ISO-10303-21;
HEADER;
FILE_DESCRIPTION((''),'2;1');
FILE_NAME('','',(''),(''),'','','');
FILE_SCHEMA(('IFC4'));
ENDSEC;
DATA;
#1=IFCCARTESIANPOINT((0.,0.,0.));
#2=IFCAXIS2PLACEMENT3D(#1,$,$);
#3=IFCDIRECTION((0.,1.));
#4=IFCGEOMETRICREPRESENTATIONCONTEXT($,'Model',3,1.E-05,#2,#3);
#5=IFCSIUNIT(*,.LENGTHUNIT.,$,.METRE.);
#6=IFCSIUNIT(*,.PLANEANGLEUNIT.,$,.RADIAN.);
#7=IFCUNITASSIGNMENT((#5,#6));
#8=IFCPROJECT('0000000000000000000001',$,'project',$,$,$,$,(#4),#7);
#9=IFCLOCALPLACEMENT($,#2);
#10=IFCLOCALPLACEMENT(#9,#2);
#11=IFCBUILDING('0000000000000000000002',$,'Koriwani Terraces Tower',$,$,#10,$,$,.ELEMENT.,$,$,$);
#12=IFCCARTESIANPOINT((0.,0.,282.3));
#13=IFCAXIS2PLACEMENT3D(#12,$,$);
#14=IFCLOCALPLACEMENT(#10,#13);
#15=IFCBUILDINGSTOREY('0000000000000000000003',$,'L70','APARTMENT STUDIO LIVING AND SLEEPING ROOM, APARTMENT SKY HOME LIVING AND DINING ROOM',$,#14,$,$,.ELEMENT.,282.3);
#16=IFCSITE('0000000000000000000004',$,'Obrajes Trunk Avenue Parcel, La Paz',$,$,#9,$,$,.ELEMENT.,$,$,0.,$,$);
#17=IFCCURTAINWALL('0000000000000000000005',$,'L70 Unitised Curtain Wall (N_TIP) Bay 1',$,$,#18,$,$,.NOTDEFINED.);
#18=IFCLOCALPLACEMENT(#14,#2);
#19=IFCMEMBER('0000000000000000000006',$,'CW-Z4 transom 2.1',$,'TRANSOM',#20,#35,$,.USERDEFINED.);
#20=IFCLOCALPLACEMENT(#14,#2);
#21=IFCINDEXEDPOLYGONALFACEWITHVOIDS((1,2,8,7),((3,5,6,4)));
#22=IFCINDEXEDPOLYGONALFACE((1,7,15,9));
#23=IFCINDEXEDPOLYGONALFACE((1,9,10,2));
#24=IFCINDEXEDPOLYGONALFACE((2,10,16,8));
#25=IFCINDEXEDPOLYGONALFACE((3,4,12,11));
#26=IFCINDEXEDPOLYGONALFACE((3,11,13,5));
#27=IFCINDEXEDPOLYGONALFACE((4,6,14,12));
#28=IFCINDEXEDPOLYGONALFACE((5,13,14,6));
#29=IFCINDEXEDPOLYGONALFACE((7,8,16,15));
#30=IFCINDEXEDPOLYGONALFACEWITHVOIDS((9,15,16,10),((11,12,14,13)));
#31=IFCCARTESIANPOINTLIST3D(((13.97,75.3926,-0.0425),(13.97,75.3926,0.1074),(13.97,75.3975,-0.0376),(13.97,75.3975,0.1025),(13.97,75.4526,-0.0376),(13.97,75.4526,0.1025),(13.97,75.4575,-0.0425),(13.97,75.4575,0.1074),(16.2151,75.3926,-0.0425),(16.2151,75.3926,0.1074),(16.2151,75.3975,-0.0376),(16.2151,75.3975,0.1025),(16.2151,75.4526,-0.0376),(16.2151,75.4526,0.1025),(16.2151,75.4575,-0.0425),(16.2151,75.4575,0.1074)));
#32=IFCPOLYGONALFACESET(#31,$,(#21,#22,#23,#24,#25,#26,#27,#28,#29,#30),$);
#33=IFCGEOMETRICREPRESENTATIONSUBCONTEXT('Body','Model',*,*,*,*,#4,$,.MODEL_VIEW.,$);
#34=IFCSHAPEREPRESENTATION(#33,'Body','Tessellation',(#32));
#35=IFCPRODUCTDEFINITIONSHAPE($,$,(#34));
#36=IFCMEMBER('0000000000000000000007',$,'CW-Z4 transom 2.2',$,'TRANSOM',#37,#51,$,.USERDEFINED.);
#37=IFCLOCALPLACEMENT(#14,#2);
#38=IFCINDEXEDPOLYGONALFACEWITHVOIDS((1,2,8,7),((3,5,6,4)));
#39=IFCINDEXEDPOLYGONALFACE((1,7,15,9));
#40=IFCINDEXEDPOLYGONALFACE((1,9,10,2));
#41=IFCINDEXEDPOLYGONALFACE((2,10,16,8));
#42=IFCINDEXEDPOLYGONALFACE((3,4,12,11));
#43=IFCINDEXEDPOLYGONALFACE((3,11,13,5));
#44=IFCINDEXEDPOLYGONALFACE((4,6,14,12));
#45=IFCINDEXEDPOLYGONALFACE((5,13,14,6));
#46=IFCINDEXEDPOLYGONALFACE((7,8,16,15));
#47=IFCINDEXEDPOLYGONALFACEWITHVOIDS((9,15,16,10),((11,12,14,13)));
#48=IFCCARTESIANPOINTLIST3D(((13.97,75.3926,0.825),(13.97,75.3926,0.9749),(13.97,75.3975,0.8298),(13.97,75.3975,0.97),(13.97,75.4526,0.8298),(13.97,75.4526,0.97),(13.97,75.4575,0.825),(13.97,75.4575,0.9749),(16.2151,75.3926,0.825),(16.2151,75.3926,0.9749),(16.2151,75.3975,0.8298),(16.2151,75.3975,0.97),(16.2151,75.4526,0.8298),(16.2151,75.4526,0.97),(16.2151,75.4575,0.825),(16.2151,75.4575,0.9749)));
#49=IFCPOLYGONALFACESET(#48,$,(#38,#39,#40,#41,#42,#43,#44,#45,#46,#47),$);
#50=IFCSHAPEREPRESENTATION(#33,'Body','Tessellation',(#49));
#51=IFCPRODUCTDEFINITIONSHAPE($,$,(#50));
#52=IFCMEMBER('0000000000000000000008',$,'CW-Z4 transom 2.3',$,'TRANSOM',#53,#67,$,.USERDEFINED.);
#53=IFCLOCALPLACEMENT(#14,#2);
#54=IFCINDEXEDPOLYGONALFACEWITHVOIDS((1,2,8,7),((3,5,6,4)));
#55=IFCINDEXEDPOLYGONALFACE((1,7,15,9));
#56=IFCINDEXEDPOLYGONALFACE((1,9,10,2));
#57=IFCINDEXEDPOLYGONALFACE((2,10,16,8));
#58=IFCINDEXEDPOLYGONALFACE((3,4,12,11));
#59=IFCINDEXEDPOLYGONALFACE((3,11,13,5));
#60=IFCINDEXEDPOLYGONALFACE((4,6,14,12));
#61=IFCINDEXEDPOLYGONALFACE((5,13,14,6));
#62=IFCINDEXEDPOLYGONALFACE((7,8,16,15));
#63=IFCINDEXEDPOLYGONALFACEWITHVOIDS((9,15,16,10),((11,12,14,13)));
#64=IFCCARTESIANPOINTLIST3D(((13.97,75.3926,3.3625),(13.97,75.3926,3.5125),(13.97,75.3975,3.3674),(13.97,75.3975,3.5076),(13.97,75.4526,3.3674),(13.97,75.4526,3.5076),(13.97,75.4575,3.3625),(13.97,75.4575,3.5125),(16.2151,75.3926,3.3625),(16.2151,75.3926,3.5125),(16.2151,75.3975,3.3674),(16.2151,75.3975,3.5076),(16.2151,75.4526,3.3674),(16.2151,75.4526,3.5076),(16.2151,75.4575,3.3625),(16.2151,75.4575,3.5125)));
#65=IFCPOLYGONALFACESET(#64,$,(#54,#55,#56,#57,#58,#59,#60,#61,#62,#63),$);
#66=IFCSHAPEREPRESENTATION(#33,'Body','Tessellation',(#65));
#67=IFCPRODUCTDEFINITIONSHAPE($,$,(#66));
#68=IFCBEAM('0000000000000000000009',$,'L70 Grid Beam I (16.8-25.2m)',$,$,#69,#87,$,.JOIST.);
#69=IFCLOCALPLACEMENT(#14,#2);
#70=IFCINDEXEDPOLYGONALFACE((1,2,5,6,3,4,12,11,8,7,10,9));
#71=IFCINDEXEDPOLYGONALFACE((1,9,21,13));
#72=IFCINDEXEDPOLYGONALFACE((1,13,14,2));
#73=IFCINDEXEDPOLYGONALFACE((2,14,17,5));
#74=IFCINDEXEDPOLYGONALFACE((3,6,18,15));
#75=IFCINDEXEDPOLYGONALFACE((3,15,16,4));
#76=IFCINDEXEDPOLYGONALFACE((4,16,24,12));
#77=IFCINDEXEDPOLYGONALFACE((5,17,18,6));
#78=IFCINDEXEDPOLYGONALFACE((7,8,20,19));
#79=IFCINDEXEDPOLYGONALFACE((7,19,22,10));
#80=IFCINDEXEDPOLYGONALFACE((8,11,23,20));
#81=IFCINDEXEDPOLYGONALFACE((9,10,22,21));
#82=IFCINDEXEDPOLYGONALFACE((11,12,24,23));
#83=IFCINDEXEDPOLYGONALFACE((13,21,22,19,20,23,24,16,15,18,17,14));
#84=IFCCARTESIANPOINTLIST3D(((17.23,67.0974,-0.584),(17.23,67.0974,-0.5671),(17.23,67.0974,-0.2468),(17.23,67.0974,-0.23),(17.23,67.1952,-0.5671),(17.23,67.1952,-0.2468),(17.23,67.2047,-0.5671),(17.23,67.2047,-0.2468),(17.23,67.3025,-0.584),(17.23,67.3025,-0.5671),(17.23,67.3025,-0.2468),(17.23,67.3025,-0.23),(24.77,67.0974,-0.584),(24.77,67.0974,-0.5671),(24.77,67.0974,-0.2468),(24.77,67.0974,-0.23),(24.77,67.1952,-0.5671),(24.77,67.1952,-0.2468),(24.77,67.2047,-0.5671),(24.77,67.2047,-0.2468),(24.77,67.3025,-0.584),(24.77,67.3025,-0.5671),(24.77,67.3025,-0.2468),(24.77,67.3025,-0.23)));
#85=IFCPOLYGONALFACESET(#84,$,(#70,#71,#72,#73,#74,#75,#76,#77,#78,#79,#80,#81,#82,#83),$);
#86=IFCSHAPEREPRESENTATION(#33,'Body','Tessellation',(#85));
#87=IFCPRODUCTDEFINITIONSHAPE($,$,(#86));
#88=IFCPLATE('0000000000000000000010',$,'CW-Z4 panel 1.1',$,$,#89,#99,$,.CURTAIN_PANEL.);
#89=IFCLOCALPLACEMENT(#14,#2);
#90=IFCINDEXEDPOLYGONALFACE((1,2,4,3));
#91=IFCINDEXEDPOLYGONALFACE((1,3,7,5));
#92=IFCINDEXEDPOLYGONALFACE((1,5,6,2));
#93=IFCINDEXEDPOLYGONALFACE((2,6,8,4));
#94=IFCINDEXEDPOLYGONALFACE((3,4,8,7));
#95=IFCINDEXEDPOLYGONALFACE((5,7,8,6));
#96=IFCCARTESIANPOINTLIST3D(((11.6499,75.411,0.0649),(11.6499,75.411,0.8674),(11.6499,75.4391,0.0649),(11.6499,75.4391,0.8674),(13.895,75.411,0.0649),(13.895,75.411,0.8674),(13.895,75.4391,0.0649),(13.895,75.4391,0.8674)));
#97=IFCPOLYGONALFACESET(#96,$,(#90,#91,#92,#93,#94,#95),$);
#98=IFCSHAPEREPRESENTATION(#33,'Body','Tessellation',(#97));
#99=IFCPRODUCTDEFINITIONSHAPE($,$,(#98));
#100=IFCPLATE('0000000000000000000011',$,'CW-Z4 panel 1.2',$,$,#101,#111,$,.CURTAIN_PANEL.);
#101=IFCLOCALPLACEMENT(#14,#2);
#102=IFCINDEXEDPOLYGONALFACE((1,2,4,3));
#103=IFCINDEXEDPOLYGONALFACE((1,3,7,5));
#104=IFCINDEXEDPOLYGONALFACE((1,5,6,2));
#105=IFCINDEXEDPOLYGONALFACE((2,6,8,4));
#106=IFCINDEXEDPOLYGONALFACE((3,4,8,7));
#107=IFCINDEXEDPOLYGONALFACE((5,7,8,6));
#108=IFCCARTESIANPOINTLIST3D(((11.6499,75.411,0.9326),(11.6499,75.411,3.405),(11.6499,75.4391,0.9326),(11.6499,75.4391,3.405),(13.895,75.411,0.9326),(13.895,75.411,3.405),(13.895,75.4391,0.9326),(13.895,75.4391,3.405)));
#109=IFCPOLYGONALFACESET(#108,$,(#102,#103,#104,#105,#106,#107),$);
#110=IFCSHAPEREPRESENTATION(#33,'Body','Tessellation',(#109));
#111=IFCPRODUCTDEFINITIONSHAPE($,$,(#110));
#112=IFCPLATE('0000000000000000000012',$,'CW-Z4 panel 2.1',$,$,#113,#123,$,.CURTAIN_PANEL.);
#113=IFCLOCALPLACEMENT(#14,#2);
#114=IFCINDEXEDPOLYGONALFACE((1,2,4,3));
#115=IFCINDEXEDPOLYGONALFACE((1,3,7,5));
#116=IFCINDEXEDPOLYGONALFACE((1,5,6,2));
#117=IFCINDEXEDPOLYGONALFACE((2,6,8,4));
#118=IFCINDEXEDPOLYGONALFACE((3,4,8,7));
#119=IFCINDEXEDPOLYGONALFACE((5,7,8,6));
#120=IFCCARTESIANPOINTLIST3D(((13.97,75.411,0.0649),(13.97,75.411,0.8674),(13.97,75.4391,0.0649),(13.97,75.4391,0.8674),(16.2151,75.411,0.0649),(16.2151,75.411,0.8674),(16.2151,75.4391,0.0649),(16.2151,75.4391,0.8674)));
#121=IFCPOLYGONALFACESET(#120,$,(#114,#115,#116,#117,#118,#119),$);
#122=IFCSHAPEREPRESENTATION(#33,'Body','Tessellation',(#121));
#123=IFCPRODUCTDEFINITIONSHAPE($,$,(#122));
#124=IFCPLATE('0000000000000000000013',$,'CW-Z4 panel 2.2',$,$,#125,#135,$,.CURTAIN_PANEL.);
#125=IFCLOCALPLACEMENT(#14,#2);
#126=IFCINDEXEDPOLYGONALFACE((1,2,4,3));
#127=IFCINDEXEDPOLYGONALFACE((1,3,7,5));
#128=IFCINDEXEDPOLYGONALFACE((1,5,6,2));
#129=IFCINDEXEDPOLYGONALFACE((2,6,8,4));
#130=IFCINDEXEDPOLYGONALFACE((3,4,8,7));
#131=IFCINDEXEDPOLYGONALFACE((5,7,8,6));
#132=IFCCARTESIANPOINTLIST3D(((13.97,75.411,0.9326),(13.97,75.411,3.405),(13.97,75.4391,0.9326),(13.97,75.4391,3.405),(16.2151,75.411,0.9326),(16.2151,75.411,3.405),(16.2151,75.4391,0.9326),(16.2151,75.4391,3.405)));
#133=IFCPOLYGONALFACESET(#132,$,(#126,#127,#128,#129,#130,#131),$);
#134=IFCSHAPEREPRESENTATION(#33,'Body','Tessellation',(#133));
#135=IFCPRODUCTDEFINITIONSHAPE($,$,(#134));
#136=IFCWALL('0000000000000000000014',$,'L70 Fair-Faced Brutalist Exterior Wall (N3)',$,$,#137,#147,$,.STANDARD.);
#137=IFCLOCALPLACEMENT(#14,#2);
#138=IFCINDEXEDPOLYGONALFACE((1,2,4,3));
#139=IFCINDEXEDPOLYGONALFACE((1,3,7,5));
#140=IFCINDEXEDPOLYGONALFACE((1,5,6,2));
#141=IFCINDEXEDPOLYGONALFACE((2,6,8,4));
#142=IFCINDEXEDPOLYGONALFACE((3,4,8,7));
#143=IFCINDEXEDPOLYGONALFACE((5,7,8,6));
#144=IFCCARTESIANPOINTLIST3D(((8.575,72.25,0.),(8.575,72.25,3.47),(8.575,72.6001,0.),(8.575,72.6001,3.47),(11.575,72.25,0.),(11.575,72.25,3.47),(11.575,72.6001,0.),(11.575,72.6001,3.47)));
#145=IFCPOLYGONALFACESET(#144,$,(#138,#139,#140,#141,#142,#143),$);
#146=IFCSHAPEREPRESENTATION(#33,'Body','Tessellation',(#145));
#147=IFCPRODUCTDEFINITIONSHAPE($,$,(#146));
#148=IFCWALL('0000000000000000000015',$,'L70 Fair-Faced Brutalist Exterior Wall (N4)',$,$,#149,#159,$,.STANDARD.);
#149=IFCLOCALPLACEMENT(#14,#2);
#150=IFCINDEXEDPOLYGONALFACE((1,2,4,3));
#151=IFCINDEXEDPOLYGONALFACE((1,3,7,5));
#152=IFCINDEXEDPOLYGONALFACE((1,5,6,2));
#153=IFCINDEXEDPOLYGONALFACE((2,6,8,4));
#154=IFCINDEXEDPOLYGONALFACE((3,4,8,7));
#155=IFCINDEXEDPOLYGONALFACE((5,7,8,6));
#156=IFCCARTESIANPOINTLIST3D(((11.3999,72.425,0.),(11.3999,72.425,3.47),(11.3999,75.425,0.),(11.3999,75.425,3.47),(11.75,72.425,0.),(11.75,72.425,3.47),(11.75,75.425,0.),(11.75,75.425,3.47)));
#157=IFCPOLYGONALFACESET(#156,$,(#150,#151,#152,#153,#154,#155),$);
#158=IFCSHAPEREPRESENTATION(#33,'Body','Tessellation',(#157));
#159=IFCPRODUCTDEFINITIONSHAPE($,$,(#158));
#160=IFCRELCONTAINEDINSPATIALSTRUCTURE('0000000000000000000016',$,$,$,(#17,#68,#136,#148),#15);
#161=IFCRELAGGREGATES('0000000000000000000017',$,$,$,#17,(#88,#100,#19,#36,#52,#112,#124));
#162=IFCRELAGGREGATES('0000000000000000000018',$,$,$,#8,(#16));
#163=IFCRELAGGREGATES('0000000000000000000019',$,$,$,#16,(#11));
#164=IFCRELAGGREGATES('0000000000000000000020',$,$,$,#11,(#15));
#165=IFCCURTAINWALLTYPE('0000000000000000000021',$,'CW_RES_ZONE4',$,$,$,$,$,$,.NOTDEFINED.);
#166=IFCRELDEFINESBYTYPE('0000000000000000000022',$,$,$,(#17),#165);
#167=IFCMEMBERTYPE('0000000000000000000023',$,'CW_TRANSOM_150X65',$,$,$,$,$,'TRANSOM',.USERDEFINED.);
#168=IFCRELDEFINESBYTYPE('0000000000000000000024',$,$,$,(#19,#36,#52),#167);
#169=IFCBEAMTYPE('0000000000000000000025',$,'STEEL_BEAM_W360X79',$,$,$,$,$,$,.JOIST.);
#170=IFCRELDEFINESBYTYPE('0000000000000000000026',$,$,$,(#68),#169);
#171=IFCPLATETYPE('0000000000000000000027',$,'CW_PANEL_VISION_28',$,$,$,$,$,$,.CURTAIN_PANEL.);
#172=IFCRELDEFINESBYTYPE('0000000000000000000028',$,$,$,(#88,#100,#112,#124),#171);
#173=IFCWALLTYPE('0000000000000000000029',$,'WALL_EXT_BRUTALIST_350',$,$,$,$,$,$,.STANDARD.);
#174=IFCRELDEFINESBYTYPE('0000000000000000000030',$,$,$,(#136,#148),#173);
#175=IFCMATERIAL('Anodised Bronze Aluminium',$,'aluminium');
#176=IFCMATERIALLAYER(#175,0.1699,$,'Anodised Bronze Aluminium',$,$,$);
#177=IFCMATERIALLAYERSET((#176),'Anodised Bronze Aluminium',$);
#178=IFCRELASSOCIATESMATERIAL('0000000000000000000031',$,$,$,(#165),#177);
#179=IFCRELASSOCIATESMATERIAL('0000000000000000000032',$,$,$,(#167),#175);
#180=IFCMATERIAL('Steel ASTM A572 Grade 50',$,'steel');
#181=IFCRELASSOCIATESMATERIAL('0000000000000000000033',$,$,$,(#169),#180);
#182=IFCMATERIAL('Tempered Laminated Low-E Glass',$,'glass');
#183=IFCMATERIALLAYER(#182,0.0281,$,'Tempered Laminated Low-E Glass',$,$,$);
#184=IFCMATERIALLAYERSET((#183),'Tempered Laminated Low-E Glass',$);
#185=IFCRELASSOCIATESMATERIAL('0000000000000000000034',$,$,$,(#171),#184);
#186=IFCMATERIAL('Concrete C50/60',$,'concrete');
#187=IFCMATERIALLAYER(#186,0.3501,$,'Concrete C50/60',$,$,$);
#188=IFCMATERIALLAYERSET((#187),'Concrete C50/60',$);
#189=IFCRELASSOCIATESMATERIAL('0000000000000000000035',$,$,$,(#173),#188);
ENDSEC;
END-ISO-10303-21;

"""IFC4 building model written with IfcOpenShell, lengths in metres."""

from ifc_helpers import new_model, si_unit, direction, frame, frame_2d, origin, origin_2d, place, context, subcontext, project, spatial, rectangle, hollow_rectangle, i_section, extrude, material, layer, layer_set, material_profile, profile_set, type_object, element, aggregate, save


model = new_model("IFC4")

# Units and contexts
model_context = context("Model", 3, precision=1e-05, world=origin(), true_north=direction((0.0, 1.0)))
body_context = subcontext(model_context, "Body", "Model", "MODEL_VIEW")
ifc_project = project(units=[si_unit("LENGTHUNIT", "METRE"), si_unit("PLANEANGLEUNIT", "RADIAN")], contexts=[model_context])

# Site, building, storey
site_placement = place(None, origin())
site = spatial("IfcSite", under=ifc_project, at=site_placement, Name="Obrajes Trunk Avenue Parcel, La Paz", CompositionType="ELEMENT", RefElevation=0.0)
building_placement = place(site_placement, origin())
building = spatial("IfcBuilding", under=site, at=building_placement, Name="Koriwani Terraces Tower", CompositionType="ELEMENT")
storey_placement = place(building_placement, frame((0.0, 0.0, 282.3)))
storey = spatial("IfcBuildingStorey", under=building, at=storey_placement, Name="L70", Description="APARTMENT STUDIO LIVING AND SLEEPING ROOM, APARTMENT SKY HOME LIVING AND DINING ROOM", CompositionType="ELEMENT", Elevation=282.3)

# Shared definitions
ifc_material_1 = material(Name="Concrete C50/60", Category="concrete")

# Curtain wall, members
ifc_material_2 = material(Name="Anodised Bronze Aluminium", Category="aluminium")
ifc_layer_1 = layer(ifc_material_2, 0.1699, Name="Anodised Bronze Aluminium")
ifc_layer_set_1 = layer_set([ifc_layer_1], Name="Anodised Bronze Aluminium")
curtain_wall_type = type_object("IfcCurtainWallType", Name="CW_RES_ZONE4", PredefinedType="NOTDEFINED", material=ifc_layer_set_1)
curtain_wall_placement = place(storey_placement, origin())
curtain_wall = element("IfcCurtainWall", 1, at=curtain_wall_placement, inside=storey, type_object=curtain_wall_type, Name="L70 Unitised Curtain Wall (N_TIP) Bay 1", PredefinedType="NOTDEFINED")
ifc_material_profile_1 = material_profile(ifc_material_2, hollow_rectangle(XDim=0.0649, YDim=0.1499, WallThickness=0.0049, at=origin_2d()), Name="Anodised Bronze Aluminium", Category="LoadBearing")
ifc_profile_set_1 = profile_set([ifc_material_profile_1], Name="Anodised Bronze Aluminium")
member_type_1 = type_object("IfcMemberType", Name="CW_TRANSOM_150X65", ElementType="TRANSOM", PredefinedType="USERDEFINED", material=ifc_profile_set_1)
member_1_placement = place(storey_placement, frame((13.97, 75.425, 0.0325), z_axis=(1.0, 0.0, 0.0), x_axis=(0.0, 1.0, 0.0)))
member_1 = element("IfcMember", 2, at=member_1_placement, type_object=member_type_1, Name="CW-Z4 transom 2.1", ObjectType="TRANSOM", PredefinedType="USERDEFINED", context=body_context, shape_type="SweptSolid", body=[
    extrude(hollow_rectangle(XDim=0.0649, YDim=0.1499, WallThickness=0.0049, at=origin_2d()), origin(), (0.0, 0.0, 1.0), 2.2451),
])
member_2_placement = place(storey_placement, frame((13.97, 75.425, 0.8999), z_axis=(1.0, 0.0, 0.0), x_axis=(0.0, 1.0, 0.0)))
member_2 = element("IfcMember", 3, at=member_2_placement, type_object=member_type_1, Name="CW-Z4 transom 2.2", ObjectType="TRANSOM", PredefinedType="USERDEFINED", context=body_context, shape_type="SweptSolid", body=[
    extrude(hollow_rectangle(XDim=0.0649, YDim=0.1499, WallThickness=0.0049, at=origin_2d()), origin(), (0.0, 0.0, 1.0), 2.2451),
])
member_3_placement = place(storey_placement, frame((13.97, 75.425, 3.4375), z_axis=(1.0, 0.0, 0.0), x_axis=(0.0, 1.0, 0.0)))
member_3 = element("IfcMember", 4, at=member_3_placement, type_object=member_type_1, Name="CW-Z4 transom 2.3", ObjectType="TRANSOM", PredefinedType="USERDEFINED", context=body_context, shape_type="SweptSolid", body=[
    extrude(hollow_rectangle(XDim=0.0649, YDim=0.1499, WallThickness=0.0049, at=origin_2d()), origin(), (0.0, 0.0, 1.0), 2.2451),
])

# Beam
ifc_material_3 = material(Name="Steel ASTM A572 Grade 50", Category="steel")
ifc_material_profile_2 = material_profile(ifc_material_3, i_section(OverallWidth=0.2051, OverallDepth=0.354, WebThickness=0.0095, FlangeThickness=0.0168, at=origin_2d()), Name="Steel ASTM A572 Grade 50", Category="LoadBearing")
ifc_profile_set_2 = profile_set([ifc_material_profile_2], Name="Steel ASTM A572 Grade 50")
beam_type_1 = type_object("IfcBeamType", Name="STEEL_BEAM_W360X79", PredefinedType="JOIST", material=ifc_profile_set_2)
beam_1_placement = place(storey_placement, frame((17.23, 67.2, -0.407), z_axis=(1.0, 0.0, 0.0), x_axis=(0.0, 1.0, 0.0)))
element("IfcBeam", 5, at=beam_1_placement, inside=storey, type_object=beam_type_1, Name="L70 Grid Beam I (16.8-25.2m)", PredefinedType="JOIST", context=body_context, shape_type="SweptSolid", body=[
    extrude(i_section(OverallWidth=0.2051, OverallDepth=0.354, WebThickness=0.0095, FlangeThickness=0.0168, at=origin_2d()), origin(), (0.0, 0.0, 1.0), 7.54),
])

# Plates
ifc_material_4 = material(Name="Tempered Laminated Low-E Glass", Category="glass")
ifc_layer_2 = layer(ifc_material_4, 0.0281, Name="Tempered Laminated Low-E Glass")
ifc_layer_set_2 = layer_set([ifc_layer_2], Name="Tempered Laminated Low-E Glass")
plate_type = type_object("IfcPlateType", Name="CW_PANEL_VISION_28", PredefinedType="CURTAIN_PANEL", material=ifc_layer_set_2)
plate_1_placement = place(storey_placement, frame((12.7725, 75.425, 0.0649), z_axis=(0.0, 0.0, 1.0), x_axis=(1.0, 0.0, 0.0)))
plate_1 = element("IfcPlate", 6, at=plate_1_placement, type_object=plate_type, Name="CW-Z4 panel 1.1", PredefinedType="CURTAIN_PANEL", context=body_context, shape_type="SweptSolid", body=[
    extrude(rectangle(XDim=2.2451, YDim=0.0281, at=origin_2d()), origin(), (0.0, 0.0, 1.0), 0.8025),
])
plate_2_placement = place(storey_placement, frame((12.7725, 75.425, 0.9326), z_axis=(0.0, 0.0, 1.0), x_axis=(1.0, 0.0, 0.0)))
plate_2 = element("IfcPlate", 7, at=plate_2_placement, type_object=plate_type, Name="CW-Z4 panel 1.2", PredefinedType="CURTAIN_PANEL", context=body_context, shape_type="SweptSolid", body=[
    extrude(rectangle(XDim=2.2451, YDim=0.0281, at=origin_2d()), origin(), (0.0, 0.0, 1.0), 2.4724),
])
plate_3_placement = place(storey_placement, frame((15.0925, 75.425, 0.0649), z_axis=(0.0, 0.0, 1.0), x_axis=(1.0, 0.0, 0.0)))
plate_3 = element("IfcPlate", 8, at=plate_3_placement, type_object=plate_type, Name="CW-Z4 panel 2.1", PredefinedType="CURTAIN_PANEL", context=body_context, shape_type="SweptSolid", body=[
    extrude(rectangle(XDim=2.2451, YDim=0.0281, at=origin_2d()), origin(), (0.0, 0.0, 1.0), 0.8025),
])
plate_4_placement = place(storey_placement, frame((15.0925, 75.425, 0.9326), z_axis=(0.0, 0.0, 1.0), x_axis=(1.0, 0.0, 0.0)))
plate_4 = element("IfcPlate", 9, at=plate_4_placement, type_object=plate_type, Name="CW-Z4 panel 2.2", PredefinedType="CURTAIN_PANEL", context=body_context, shape_type="SweptSolid", body=[
    extrude(rectangle(XDim=2.2451, YDim=0.0281, at=origin_2d()), origin(), (0.0, 0.0, 1.0), 2.4724),
])
aggregate(curtain_wall, [plate_1, plate_2, member_1, member_2, member_3, plate_3, plate_4])

# Walls
ifc_layer_3 = layer(ifc_material_1, 0.3501, Name="Concrete C50/60")
ifc_layer_set_3 = layer_set([ifc_layer_3], Name="Concrete C50/60")
wall_type = type_object("IfcWallType", Name="WALL_EXT_BRUTALIST_350", PredefinedType="STANDARD", material=ifc_layer_set_3)
for number, where, z_axis, x_axis, name in (
    (10, (8.575, 72.425, 0.0), (0.0, 0.0, 1.0), (1.0, 0.0, 0.0), "L70 Fair-Faced Brutalist Exterior Wall (N3)"),
    (11, (11.575, 72.425, 0.0), (0.0, 0.0, 1.0), (0.0, 1.0, 0.0), "L70 Fair-Faced Brutalist Exterior Wall (N4)"),
):
    element("IfcWall", number, at=place(storey_placement, frame(where, z_axis=z_axis, x_axis=x_axis)), inside=storey, type_object=wall_type, Name=name, PredefinedType="STANDARD", context=body_context, shape_type="SweptSolid", body=[
        extrude(rectangle(XDim=3.0, YDim=0.3501, at=frame_2d((1.5, 0.0))), origin(), (0.0, 0.0, 1.0), 3.47),
    ])

save(model, "model.ifc")
